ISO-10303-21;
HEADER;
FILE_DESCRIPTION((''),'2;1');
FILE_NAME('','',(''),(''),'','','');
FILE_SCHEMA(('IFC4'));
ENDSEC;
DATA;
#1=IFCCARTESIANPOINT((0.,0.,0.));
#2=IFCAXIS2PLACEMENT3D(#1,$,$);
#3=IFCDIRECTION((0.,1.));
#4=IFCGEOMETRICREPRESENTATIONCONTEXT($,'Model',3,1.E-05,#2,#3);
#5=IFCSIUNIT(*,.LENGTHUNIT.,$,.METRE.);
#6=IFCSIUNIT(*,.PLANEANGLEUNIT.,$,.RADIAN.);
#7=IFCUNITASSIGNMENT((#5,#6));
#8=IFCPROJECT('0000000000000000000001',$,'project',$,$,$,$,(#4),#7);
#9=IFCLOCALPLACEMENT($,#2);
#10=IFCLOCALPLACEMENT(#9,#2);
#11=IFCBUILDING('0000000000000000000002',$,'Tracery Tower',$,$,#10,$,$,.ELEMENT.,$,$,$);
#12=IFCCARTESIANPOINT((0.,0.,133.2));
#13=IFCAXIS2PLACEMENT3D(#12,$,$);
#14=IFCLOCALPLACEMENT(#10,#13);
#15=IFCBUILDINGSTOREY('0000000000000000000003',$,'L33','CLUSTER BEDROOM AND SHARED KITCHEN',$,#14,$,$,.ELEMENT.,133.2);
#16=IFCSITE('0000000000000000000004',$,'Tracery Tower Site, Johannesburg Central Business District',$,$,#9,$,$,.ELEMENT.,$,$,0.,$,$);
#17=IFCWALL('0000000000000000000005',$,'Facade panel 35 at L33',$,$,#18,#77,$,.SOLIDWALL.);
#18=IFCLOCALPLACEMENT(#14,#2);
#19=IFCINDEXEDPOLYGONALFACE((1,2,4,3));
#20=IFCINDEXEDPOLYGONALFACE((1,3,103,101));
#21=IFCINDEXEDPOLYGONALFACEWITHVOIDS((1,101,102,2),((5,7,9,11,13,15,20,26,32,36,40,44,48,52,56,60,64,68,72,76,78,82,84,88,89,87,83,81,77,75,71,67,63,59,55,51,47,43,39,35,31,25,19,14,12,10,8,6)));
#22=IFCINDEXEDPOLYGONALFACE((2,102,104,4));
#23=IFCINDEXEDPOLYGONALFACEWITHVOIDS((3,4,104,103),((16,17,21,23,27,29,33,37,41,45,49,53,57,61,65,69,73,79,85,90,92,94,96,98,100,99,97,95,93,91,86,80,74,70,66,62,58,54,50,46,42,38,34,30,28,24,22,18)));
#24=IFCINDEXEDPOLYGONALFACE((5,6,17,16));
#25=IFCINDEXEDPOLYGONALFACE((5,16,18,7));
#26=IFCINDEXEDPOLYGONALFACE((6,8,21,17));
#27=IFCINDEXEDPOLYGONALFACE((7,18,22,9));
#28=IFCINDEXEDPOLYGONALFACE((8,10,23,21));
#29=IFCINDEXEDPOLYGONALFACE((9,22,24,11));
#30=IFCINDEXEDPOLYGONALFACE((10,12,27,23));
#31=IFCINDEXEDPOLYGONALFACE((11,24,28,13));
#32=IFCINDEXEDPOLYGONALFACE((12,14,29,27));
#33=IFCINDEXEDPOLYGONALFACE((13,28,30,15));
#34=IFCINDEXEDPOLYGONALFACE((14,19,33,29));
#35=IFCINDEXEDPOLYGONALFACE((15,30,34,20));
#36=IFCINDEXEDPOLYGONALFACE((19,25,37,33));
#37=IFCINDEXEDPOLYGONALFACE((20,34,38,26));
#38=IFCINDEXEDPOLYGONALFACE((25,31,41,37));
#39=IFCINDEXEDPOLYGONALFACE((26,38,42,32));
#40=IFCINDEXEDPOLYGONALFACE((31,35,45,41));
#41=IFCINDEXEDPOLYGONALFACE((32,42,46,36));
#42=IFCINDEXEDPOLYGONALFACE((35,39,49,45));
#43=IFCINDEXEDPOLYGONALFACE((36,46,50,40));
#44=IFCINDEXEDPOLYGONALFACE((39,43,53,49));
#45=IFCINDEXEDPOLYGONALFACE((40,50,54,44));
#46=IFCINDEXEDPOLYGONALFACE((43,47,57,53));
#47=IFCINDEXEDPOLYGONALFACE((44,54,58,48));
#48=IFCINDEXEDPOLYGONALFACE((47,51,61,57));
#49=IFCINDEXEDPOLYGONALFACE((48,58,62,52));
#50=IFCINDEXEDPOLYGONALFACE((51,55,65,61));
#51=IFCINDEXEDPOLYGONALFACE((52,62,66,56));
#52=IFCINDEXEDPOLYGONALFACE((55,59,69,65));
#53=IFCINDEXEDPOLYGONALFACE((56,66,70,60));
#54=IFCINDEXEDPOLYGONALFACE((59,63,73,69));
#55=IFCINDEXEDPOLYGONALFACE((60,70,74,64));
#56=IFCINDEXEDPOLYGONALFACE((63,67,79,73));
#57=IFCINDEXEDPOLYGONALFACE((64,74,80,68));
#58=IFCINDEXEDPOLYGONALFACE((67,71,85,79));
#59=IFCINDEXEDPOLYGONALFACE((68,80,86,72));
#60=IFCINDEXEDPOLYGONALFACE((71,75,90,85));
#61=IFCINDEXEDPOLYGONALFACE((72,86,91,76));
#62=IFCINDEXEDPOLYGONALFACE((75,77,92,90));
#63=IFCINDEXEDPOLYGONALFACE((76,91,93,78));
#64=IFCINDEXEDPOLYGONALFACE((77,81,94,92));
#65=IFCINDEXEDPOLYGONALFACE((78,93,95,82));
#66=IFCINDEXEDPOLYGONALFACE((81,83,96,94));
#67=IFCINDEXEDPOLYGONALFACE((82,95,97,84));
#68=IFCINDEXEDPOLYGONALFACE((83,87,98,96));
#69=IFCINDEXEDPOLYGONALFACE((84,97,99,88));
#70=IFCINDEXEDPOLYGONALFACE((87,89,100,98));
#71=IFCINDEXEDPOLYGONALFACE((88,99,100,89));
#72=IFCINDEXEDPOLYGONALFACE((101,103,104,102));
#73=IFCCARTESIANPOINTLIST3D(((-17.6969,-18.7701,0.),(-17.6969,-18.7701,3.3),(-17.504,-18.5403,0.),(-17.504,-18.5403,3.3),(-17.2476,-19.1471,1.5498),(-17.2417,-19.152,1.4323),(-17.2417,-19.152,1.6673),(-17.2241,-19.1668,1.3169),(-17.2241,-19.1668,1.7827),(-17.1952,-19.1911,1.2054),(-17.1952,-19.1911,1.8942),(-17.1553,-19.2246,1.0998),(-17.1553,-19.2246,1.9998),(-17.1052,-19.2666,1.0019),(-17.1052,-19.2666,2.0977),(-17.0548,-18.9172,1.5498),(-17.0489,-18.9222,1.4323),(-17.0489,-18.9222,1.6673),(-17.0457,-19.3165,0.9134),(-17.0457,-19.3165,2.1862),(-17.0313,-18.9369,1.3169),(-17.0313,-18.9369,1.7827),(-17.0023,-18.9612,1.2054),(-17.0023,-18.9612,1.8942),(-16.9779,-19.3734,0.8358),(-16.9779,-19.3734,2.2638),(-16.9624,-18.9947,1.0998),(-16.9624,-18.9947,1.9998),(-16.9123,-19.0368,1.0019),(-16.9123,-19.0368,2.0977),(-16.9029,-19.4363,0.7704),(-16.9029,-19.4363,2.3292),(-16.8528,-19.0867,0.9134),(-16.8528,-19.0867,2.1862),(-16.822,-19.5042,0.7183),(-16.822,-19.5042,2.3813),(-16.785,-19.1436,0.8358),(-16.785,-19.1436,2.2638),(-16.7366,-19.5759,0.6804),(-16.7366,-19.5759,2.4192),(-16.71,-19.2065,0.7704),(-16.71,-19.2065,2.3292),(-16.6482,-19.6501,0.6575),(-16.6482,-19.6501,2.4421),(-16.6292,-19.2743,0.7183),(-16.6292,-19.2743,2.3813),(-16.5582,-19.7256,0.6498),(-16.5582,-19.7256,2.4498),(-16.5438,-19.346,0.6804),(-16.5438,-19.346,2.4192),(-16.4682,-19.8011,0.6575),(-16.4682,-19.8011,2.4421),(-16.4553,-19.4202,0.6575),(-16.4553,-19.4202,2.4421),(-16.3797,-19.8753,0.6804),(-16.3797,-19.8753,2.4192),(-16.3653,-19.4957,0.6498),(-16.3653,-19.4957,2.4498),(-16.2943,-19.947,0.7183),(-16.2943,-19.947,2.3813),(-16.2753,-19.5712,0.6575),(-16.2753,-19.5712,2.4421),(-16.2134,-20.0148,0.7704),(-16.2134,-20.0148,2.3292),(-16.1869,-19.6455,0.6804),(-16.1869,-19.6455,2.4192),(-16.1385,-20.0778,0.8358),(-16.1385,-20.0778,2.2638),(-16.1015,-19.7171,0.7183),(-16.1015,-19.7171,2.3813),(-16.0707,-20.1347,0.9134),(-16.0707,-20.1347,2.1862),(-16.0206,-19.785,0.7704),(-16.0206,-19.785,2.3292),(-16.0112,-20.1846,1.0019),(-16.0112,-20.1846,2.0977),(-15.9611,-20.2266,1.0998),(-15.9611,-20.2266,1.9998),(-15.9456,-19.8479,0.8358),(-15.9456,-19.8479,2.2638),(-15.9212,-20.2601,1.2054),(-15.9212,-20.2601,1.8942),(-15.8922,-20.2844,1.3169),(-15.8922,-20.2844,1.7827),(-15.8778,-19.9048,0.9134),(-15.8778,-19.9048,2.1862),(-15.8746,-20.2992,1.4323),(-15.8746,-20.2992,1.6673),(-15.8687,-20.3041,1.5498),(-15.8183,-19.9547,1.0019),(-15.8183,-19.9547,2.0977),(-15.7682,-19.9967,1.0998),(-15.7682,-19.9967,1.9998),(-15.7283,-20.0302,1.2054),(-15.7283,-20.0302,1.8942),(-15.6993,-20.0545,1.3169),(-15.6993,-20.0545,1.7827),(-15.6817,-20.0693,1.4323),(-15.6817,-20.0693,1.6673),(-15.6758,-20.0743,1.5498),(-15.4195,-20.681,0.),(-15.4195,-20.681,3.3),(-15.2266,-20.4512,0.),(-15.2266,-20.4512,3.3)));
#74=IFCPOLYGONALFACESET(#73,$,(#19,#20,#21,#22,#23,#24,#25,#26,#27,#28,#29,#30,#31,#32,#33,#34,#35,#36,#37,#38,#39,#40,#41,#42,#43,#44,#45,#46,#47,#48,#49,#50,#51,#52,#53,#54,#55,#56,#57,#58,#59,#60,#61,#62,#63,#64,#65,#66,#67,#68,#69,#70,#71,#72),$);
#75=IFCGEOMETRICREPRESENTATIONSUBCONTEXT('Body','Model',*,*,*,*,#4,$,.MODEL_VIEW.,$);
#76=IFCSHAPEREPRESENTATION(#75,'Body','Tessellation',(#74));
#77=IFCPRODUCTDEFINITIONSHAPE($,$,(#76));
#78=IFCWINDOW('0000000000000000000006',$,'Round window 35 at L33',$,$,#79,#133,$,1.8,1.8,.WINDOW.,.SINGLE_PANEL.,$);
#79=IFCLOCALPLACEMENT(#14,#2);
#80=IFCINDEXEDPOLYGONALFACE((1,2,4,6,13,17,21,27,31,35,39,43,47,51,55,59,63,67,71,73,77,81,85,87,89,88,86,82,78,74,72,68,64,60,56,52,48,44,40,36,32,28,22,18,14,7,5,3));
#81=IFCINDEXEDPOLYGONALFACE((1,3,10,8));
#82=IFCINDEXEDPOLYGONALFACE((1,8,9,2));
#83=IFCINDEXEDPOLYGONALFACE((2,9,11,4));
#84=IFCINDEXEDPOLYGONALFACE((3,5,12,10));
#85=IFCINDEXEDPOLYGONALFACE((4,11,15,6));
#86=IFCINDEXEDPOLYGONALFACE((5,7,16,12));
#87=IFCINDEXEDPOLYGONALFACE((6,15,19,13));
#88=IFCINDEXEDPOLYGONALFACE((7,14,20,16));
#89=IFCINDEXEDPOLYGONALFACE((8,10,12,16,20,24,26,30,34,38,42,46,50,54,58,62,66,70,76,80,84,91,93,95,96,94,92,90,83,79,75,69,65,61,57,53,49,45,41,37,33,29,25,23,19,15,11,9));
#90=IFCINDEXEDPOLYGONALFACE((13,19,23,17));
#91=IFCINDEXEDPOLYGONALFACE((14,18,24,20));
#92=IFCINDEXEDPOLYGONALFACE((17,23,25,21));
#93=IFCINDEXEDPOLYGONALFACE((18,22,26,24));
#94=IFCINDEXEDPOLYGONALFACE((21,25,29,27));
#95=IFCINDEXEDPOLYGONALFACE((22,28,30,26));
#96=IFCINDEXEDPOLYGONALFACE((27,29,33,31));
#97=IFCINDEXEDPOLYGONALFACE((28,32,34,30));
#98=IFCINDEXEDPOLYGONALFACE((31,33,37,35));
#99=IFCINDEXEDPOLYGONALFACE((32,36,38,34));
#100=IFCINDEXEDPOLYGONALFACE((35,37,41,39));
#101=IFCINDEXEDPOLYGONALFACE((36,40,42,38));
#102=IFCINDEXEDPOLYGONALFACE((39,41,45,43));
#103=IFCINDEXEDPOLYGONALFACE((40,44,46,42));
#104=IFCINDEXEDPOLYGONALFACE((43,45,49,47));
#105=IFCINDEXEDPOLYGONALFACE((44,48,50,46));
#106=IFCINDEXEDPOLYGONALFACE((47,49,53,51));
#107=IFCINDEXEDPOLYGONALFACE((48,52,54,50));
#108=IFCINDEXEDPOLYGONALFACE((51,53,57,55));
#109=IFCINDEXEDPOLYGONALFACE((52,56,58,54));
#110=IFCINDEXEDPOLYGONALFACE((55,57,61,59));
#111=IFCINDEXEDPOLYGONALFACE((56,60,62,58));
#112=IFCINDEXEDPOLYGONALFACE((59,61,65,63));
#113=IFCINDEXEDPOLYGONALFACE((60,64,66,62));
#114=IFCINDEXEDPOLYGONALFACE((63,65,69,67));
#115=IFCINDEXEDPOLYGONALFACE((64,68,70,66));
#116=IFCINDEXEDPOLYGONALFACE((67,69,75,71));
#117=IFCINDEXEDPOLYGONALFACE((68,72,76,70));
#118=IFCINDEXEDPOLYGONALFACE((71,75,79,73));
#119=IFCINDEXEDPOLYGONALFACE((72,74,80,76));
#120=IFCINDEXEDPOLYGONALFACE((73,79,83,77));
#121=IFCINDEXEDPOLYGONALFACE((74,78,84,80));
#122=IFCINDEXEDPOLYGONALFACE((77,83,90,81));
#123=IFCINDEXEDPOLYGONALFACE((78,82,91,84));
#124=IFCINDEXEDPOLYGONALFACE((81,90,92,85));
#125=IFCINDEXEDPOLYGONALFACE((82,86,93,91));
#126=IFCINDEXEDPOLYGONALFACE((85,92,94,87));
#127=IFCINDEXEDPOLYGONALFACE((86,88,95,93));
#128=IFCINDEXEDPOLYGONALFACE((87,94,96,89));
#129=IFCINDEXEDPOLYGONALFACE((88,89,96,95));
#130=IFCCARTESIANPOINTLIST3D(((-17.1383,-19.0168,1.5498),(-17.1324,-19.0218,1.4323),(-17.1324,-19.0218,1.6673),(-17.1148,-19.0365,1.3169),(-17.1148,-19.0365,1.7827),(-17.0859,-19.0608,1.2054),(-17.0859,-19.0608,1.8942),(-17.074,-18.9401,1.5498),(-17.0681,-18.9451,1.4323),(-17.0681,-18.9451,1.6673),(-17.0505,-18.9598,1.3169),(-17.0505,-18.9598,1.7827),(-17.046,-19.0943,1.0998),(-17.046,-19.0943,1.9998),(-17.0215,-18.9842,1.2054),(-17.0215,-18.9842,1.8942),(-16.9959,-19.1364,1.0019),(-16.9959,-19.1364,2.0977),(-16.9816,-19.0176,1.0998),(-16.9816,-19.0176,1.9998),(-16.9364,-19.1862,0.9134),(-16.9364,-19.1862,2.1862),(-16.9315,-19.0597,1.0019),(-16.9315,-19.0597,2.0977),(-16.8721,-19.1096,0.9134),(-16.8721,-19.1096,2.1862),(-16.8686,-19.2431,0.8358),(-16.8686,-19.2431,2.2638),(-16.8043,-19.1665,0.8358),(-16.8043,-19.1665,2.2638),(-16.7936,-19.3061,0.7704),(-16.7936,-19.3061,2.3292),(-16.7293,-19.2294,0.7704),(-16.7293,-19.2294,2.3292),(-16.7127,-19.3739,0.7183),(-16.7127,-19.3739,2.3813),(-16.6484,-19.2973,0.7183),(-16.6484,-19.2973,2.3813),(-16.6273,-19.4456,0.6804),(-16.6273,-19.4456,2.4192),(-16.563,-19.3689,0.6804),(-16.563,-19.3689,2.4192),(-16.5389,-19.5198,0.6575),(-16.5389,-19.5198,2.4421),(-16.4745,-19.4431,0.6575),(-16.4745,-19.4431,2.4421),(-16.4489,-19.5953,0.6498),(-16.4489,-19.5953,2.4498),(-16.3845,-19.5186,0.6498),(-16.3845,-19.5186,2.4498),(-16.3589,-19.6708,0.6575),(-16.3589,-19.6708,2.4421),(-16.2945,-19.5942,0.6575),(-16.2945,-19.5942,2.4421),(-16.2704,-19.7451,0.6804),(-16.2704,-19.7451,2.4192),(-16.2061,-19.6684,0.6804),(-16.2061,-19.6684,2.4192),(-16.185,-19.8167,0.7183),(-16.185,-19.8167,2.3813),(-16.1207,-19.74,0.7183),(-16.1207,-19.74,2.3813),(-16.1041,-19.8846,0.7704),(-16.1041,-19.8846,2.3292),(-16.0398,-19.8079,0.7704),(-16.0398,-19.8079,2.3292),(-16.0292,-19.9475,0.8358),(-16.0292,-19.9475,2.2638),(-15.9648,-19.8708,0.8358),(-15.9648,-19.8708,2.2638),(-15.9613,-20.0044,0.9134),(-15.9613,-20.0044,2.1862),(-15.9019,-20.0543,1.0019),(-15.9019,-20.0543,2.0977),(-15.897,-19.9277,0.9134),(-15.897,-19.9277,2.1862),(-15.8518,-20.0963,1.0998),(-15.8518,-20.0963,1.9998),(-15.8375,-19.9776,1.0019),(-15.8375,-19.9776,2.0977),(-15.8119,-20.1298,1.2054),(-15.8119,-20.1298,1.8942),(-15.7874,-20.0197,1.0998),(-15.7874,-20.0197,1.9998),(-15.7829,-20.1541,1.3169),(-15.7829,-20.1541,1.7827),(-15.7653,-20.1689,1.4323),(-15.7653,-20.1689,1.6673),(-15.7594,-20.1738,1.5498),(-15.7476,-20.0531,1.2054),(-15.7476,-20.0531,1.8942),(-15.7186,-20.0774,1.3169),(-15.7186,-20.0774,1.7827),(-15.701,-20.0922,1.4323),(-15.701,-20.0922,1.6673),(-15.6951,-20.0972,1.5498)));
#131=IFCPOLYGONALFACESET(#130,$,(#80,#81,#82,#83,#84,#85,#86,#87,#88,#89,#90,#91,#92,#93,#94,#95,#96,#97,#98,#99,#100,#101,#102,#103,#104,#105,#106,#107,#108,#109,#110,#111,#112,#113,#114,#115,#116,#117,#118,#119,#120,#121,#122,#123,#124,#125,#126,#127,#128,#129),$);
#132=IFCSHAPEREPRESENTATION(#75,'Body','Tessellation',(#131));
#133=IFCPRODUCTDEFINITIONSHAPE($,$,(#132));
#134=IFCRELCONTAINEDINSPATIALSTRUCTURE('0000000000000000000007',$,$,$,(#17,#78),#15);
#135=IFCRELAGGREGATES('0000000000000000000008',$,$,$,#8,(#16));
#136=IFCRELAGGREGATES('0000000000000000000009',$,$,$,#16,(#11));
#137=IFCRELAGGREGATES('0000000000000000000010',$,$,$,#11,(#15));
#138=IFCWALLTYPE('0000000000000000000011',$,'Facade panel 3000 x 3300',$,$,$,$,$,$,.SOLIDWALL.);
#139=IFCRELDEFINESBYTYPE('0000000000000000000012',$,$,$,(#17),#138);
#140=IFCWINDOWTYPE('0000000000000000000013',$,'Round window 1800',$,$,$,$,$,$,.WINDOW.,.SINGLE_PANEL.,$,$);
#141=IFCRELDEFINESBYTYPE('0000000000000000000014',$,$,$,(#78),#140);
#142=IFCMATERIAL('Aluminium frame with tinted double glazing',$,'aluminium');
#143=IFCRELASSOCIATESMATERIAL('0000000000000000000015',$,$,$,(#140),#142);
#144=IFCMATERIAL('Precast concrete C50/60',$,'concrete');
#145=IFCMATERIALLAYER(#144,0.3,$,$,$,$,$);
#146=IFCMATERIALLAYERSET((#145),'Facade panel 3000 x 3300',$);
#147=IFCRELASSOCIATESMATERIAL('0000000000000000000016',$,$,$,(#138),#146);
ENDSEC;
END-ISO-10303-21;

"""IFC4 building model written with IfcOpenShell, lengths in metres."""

from ifc_helpers import new_model, si_unit, direction, frame, frame_2d, origin, origin_2d, place, context, subcontext, project, spatial, rectangle, circle, extrude, material, layer, layer_set, type_object, element, fill, save


model = new_model("IFC4")

# Units and contexts
model_context = context("Model", 3, precision=1e-05, world=origin(), true_north=direction((0.0, 1.0)))
body_context = subcontext(model_context, "Body", "Model", "MODEL_VIEW")
ifc_project = project(units=[si_unit("LENGTHUNIT", "METRE"), si_unit("PLANEANGLEUNIT", "RADIAN")], contexts=[model_context])

# Site, building, storey
site_placement = place(None, origin())
site = spatial("IfcSite", under=ifc_project, at=site_placement, Name="Tracery Tower Site, Johannesburg Central Business District", CompositionType="ELEMENT", RefElevation=0.0)
building_placement = place(site_placement, origin())
building = spatial("IfcBuilding", under=site, at=building_placement, Name="Tracery Tower", CompositionType="ELEMENT")
storey_placement = place(building_placement, frame((0.0, 0.0, 133.2)))
storey = spatial("IfcBuildingStorey", under=building, at=storey_placement, Name="L33", Description="CLUSTER BEDROOM AND SHARED KITCHEN", CompositionType="ELEMENT", Elevation=133.2)

# Wall, opening, window
ifc_material_1 = material(Name="Aluminium frame with tinted double glazing", Category="aluminium")
window_type = type_object("IfcWindowType", Name="Round window 1800", PartitioningType="SINGLE_PANEL", PredefinedType="WINDOW", material=ifc_material_1)
ifc_material_2 = material(Name="Precast concrete C50/60", Category="concrete")
ifc_layer_1 = layer(ifc_material_2, 0.3)
ifc_layer_set_1 = layer_set([ifc_layer_1], Name="Facade panel 3000 x 3300")
wall_type_1 = type_object("IfcWallType", Name="Facade panel 3000 x 3300", PredefinedType="SOLIDWALL", material=ifc_layer_set_1)
wall_1_placement = place(storey_placement, frame((-17.6003, -18.6553, 0.0), z_axis=(0.0, 0.0, 1.0), x_axis=(0.766049, -0.642782, 0.0)))
wall_1 = element("IfcWall", 1, at=wall_1_placement, inside=storey, type_object=wall_type_1, Name="Facade panel 35 at L33", PredefinedType="SOLIDWALL", context=body_context, shape_type="SweptSolid", body=[
    extrude(rectangle(XDim=2.9729, YDim=0.3, at=frame_2d((1.4863, 0.0))), origin(), (0.0, 0.0, 1.0), 3.3),
])
opening_1_placement = place(wall_1_placement, frame((1.4863, 0.0, 1.5498)))
opening_1 = element("IfcOpeningElement", 2, at=opening_1_placement, cuts=wall_1, PredefinedType="OPENING", context=body_context, shape_type="SweptSolid", body=[
    extrude(circle(Radius=0.9, at=origin_2d()), frame((0.0, 0.1599, 0.0), z_axis=(0.0, -1.0, 0.0), x_axis=(1.0, 0.0, 0.0)), (0.0, 0.0, 1.0), 0.3201),
])
window_1_placement = place(opening_1_placement, origin())
window_1 = element("IfcWindow", 3, at=window_1_placement, inside=storey, type_object=window_type, Name="Round window 35 at L33", OverallHeight=1.8, OverallWidth=1.8, PartitioningType="SINGLE_PANEL", PredefinedType="WINDOW", context=body_context, shape_type="SweptSolid", body=[
    extrude(circle(Radius=0.9, at=origin_2d()), frame((0.0, 0.1201, 0.0), z_axis=(0.0, -1.0, 0.0), x_axis=(1.0, 0.0, 0.0)), (0.0, 0.0, 1.0), 0.1001),
])
fill(opening_1, window_1)

save(model, "model.ifc")
